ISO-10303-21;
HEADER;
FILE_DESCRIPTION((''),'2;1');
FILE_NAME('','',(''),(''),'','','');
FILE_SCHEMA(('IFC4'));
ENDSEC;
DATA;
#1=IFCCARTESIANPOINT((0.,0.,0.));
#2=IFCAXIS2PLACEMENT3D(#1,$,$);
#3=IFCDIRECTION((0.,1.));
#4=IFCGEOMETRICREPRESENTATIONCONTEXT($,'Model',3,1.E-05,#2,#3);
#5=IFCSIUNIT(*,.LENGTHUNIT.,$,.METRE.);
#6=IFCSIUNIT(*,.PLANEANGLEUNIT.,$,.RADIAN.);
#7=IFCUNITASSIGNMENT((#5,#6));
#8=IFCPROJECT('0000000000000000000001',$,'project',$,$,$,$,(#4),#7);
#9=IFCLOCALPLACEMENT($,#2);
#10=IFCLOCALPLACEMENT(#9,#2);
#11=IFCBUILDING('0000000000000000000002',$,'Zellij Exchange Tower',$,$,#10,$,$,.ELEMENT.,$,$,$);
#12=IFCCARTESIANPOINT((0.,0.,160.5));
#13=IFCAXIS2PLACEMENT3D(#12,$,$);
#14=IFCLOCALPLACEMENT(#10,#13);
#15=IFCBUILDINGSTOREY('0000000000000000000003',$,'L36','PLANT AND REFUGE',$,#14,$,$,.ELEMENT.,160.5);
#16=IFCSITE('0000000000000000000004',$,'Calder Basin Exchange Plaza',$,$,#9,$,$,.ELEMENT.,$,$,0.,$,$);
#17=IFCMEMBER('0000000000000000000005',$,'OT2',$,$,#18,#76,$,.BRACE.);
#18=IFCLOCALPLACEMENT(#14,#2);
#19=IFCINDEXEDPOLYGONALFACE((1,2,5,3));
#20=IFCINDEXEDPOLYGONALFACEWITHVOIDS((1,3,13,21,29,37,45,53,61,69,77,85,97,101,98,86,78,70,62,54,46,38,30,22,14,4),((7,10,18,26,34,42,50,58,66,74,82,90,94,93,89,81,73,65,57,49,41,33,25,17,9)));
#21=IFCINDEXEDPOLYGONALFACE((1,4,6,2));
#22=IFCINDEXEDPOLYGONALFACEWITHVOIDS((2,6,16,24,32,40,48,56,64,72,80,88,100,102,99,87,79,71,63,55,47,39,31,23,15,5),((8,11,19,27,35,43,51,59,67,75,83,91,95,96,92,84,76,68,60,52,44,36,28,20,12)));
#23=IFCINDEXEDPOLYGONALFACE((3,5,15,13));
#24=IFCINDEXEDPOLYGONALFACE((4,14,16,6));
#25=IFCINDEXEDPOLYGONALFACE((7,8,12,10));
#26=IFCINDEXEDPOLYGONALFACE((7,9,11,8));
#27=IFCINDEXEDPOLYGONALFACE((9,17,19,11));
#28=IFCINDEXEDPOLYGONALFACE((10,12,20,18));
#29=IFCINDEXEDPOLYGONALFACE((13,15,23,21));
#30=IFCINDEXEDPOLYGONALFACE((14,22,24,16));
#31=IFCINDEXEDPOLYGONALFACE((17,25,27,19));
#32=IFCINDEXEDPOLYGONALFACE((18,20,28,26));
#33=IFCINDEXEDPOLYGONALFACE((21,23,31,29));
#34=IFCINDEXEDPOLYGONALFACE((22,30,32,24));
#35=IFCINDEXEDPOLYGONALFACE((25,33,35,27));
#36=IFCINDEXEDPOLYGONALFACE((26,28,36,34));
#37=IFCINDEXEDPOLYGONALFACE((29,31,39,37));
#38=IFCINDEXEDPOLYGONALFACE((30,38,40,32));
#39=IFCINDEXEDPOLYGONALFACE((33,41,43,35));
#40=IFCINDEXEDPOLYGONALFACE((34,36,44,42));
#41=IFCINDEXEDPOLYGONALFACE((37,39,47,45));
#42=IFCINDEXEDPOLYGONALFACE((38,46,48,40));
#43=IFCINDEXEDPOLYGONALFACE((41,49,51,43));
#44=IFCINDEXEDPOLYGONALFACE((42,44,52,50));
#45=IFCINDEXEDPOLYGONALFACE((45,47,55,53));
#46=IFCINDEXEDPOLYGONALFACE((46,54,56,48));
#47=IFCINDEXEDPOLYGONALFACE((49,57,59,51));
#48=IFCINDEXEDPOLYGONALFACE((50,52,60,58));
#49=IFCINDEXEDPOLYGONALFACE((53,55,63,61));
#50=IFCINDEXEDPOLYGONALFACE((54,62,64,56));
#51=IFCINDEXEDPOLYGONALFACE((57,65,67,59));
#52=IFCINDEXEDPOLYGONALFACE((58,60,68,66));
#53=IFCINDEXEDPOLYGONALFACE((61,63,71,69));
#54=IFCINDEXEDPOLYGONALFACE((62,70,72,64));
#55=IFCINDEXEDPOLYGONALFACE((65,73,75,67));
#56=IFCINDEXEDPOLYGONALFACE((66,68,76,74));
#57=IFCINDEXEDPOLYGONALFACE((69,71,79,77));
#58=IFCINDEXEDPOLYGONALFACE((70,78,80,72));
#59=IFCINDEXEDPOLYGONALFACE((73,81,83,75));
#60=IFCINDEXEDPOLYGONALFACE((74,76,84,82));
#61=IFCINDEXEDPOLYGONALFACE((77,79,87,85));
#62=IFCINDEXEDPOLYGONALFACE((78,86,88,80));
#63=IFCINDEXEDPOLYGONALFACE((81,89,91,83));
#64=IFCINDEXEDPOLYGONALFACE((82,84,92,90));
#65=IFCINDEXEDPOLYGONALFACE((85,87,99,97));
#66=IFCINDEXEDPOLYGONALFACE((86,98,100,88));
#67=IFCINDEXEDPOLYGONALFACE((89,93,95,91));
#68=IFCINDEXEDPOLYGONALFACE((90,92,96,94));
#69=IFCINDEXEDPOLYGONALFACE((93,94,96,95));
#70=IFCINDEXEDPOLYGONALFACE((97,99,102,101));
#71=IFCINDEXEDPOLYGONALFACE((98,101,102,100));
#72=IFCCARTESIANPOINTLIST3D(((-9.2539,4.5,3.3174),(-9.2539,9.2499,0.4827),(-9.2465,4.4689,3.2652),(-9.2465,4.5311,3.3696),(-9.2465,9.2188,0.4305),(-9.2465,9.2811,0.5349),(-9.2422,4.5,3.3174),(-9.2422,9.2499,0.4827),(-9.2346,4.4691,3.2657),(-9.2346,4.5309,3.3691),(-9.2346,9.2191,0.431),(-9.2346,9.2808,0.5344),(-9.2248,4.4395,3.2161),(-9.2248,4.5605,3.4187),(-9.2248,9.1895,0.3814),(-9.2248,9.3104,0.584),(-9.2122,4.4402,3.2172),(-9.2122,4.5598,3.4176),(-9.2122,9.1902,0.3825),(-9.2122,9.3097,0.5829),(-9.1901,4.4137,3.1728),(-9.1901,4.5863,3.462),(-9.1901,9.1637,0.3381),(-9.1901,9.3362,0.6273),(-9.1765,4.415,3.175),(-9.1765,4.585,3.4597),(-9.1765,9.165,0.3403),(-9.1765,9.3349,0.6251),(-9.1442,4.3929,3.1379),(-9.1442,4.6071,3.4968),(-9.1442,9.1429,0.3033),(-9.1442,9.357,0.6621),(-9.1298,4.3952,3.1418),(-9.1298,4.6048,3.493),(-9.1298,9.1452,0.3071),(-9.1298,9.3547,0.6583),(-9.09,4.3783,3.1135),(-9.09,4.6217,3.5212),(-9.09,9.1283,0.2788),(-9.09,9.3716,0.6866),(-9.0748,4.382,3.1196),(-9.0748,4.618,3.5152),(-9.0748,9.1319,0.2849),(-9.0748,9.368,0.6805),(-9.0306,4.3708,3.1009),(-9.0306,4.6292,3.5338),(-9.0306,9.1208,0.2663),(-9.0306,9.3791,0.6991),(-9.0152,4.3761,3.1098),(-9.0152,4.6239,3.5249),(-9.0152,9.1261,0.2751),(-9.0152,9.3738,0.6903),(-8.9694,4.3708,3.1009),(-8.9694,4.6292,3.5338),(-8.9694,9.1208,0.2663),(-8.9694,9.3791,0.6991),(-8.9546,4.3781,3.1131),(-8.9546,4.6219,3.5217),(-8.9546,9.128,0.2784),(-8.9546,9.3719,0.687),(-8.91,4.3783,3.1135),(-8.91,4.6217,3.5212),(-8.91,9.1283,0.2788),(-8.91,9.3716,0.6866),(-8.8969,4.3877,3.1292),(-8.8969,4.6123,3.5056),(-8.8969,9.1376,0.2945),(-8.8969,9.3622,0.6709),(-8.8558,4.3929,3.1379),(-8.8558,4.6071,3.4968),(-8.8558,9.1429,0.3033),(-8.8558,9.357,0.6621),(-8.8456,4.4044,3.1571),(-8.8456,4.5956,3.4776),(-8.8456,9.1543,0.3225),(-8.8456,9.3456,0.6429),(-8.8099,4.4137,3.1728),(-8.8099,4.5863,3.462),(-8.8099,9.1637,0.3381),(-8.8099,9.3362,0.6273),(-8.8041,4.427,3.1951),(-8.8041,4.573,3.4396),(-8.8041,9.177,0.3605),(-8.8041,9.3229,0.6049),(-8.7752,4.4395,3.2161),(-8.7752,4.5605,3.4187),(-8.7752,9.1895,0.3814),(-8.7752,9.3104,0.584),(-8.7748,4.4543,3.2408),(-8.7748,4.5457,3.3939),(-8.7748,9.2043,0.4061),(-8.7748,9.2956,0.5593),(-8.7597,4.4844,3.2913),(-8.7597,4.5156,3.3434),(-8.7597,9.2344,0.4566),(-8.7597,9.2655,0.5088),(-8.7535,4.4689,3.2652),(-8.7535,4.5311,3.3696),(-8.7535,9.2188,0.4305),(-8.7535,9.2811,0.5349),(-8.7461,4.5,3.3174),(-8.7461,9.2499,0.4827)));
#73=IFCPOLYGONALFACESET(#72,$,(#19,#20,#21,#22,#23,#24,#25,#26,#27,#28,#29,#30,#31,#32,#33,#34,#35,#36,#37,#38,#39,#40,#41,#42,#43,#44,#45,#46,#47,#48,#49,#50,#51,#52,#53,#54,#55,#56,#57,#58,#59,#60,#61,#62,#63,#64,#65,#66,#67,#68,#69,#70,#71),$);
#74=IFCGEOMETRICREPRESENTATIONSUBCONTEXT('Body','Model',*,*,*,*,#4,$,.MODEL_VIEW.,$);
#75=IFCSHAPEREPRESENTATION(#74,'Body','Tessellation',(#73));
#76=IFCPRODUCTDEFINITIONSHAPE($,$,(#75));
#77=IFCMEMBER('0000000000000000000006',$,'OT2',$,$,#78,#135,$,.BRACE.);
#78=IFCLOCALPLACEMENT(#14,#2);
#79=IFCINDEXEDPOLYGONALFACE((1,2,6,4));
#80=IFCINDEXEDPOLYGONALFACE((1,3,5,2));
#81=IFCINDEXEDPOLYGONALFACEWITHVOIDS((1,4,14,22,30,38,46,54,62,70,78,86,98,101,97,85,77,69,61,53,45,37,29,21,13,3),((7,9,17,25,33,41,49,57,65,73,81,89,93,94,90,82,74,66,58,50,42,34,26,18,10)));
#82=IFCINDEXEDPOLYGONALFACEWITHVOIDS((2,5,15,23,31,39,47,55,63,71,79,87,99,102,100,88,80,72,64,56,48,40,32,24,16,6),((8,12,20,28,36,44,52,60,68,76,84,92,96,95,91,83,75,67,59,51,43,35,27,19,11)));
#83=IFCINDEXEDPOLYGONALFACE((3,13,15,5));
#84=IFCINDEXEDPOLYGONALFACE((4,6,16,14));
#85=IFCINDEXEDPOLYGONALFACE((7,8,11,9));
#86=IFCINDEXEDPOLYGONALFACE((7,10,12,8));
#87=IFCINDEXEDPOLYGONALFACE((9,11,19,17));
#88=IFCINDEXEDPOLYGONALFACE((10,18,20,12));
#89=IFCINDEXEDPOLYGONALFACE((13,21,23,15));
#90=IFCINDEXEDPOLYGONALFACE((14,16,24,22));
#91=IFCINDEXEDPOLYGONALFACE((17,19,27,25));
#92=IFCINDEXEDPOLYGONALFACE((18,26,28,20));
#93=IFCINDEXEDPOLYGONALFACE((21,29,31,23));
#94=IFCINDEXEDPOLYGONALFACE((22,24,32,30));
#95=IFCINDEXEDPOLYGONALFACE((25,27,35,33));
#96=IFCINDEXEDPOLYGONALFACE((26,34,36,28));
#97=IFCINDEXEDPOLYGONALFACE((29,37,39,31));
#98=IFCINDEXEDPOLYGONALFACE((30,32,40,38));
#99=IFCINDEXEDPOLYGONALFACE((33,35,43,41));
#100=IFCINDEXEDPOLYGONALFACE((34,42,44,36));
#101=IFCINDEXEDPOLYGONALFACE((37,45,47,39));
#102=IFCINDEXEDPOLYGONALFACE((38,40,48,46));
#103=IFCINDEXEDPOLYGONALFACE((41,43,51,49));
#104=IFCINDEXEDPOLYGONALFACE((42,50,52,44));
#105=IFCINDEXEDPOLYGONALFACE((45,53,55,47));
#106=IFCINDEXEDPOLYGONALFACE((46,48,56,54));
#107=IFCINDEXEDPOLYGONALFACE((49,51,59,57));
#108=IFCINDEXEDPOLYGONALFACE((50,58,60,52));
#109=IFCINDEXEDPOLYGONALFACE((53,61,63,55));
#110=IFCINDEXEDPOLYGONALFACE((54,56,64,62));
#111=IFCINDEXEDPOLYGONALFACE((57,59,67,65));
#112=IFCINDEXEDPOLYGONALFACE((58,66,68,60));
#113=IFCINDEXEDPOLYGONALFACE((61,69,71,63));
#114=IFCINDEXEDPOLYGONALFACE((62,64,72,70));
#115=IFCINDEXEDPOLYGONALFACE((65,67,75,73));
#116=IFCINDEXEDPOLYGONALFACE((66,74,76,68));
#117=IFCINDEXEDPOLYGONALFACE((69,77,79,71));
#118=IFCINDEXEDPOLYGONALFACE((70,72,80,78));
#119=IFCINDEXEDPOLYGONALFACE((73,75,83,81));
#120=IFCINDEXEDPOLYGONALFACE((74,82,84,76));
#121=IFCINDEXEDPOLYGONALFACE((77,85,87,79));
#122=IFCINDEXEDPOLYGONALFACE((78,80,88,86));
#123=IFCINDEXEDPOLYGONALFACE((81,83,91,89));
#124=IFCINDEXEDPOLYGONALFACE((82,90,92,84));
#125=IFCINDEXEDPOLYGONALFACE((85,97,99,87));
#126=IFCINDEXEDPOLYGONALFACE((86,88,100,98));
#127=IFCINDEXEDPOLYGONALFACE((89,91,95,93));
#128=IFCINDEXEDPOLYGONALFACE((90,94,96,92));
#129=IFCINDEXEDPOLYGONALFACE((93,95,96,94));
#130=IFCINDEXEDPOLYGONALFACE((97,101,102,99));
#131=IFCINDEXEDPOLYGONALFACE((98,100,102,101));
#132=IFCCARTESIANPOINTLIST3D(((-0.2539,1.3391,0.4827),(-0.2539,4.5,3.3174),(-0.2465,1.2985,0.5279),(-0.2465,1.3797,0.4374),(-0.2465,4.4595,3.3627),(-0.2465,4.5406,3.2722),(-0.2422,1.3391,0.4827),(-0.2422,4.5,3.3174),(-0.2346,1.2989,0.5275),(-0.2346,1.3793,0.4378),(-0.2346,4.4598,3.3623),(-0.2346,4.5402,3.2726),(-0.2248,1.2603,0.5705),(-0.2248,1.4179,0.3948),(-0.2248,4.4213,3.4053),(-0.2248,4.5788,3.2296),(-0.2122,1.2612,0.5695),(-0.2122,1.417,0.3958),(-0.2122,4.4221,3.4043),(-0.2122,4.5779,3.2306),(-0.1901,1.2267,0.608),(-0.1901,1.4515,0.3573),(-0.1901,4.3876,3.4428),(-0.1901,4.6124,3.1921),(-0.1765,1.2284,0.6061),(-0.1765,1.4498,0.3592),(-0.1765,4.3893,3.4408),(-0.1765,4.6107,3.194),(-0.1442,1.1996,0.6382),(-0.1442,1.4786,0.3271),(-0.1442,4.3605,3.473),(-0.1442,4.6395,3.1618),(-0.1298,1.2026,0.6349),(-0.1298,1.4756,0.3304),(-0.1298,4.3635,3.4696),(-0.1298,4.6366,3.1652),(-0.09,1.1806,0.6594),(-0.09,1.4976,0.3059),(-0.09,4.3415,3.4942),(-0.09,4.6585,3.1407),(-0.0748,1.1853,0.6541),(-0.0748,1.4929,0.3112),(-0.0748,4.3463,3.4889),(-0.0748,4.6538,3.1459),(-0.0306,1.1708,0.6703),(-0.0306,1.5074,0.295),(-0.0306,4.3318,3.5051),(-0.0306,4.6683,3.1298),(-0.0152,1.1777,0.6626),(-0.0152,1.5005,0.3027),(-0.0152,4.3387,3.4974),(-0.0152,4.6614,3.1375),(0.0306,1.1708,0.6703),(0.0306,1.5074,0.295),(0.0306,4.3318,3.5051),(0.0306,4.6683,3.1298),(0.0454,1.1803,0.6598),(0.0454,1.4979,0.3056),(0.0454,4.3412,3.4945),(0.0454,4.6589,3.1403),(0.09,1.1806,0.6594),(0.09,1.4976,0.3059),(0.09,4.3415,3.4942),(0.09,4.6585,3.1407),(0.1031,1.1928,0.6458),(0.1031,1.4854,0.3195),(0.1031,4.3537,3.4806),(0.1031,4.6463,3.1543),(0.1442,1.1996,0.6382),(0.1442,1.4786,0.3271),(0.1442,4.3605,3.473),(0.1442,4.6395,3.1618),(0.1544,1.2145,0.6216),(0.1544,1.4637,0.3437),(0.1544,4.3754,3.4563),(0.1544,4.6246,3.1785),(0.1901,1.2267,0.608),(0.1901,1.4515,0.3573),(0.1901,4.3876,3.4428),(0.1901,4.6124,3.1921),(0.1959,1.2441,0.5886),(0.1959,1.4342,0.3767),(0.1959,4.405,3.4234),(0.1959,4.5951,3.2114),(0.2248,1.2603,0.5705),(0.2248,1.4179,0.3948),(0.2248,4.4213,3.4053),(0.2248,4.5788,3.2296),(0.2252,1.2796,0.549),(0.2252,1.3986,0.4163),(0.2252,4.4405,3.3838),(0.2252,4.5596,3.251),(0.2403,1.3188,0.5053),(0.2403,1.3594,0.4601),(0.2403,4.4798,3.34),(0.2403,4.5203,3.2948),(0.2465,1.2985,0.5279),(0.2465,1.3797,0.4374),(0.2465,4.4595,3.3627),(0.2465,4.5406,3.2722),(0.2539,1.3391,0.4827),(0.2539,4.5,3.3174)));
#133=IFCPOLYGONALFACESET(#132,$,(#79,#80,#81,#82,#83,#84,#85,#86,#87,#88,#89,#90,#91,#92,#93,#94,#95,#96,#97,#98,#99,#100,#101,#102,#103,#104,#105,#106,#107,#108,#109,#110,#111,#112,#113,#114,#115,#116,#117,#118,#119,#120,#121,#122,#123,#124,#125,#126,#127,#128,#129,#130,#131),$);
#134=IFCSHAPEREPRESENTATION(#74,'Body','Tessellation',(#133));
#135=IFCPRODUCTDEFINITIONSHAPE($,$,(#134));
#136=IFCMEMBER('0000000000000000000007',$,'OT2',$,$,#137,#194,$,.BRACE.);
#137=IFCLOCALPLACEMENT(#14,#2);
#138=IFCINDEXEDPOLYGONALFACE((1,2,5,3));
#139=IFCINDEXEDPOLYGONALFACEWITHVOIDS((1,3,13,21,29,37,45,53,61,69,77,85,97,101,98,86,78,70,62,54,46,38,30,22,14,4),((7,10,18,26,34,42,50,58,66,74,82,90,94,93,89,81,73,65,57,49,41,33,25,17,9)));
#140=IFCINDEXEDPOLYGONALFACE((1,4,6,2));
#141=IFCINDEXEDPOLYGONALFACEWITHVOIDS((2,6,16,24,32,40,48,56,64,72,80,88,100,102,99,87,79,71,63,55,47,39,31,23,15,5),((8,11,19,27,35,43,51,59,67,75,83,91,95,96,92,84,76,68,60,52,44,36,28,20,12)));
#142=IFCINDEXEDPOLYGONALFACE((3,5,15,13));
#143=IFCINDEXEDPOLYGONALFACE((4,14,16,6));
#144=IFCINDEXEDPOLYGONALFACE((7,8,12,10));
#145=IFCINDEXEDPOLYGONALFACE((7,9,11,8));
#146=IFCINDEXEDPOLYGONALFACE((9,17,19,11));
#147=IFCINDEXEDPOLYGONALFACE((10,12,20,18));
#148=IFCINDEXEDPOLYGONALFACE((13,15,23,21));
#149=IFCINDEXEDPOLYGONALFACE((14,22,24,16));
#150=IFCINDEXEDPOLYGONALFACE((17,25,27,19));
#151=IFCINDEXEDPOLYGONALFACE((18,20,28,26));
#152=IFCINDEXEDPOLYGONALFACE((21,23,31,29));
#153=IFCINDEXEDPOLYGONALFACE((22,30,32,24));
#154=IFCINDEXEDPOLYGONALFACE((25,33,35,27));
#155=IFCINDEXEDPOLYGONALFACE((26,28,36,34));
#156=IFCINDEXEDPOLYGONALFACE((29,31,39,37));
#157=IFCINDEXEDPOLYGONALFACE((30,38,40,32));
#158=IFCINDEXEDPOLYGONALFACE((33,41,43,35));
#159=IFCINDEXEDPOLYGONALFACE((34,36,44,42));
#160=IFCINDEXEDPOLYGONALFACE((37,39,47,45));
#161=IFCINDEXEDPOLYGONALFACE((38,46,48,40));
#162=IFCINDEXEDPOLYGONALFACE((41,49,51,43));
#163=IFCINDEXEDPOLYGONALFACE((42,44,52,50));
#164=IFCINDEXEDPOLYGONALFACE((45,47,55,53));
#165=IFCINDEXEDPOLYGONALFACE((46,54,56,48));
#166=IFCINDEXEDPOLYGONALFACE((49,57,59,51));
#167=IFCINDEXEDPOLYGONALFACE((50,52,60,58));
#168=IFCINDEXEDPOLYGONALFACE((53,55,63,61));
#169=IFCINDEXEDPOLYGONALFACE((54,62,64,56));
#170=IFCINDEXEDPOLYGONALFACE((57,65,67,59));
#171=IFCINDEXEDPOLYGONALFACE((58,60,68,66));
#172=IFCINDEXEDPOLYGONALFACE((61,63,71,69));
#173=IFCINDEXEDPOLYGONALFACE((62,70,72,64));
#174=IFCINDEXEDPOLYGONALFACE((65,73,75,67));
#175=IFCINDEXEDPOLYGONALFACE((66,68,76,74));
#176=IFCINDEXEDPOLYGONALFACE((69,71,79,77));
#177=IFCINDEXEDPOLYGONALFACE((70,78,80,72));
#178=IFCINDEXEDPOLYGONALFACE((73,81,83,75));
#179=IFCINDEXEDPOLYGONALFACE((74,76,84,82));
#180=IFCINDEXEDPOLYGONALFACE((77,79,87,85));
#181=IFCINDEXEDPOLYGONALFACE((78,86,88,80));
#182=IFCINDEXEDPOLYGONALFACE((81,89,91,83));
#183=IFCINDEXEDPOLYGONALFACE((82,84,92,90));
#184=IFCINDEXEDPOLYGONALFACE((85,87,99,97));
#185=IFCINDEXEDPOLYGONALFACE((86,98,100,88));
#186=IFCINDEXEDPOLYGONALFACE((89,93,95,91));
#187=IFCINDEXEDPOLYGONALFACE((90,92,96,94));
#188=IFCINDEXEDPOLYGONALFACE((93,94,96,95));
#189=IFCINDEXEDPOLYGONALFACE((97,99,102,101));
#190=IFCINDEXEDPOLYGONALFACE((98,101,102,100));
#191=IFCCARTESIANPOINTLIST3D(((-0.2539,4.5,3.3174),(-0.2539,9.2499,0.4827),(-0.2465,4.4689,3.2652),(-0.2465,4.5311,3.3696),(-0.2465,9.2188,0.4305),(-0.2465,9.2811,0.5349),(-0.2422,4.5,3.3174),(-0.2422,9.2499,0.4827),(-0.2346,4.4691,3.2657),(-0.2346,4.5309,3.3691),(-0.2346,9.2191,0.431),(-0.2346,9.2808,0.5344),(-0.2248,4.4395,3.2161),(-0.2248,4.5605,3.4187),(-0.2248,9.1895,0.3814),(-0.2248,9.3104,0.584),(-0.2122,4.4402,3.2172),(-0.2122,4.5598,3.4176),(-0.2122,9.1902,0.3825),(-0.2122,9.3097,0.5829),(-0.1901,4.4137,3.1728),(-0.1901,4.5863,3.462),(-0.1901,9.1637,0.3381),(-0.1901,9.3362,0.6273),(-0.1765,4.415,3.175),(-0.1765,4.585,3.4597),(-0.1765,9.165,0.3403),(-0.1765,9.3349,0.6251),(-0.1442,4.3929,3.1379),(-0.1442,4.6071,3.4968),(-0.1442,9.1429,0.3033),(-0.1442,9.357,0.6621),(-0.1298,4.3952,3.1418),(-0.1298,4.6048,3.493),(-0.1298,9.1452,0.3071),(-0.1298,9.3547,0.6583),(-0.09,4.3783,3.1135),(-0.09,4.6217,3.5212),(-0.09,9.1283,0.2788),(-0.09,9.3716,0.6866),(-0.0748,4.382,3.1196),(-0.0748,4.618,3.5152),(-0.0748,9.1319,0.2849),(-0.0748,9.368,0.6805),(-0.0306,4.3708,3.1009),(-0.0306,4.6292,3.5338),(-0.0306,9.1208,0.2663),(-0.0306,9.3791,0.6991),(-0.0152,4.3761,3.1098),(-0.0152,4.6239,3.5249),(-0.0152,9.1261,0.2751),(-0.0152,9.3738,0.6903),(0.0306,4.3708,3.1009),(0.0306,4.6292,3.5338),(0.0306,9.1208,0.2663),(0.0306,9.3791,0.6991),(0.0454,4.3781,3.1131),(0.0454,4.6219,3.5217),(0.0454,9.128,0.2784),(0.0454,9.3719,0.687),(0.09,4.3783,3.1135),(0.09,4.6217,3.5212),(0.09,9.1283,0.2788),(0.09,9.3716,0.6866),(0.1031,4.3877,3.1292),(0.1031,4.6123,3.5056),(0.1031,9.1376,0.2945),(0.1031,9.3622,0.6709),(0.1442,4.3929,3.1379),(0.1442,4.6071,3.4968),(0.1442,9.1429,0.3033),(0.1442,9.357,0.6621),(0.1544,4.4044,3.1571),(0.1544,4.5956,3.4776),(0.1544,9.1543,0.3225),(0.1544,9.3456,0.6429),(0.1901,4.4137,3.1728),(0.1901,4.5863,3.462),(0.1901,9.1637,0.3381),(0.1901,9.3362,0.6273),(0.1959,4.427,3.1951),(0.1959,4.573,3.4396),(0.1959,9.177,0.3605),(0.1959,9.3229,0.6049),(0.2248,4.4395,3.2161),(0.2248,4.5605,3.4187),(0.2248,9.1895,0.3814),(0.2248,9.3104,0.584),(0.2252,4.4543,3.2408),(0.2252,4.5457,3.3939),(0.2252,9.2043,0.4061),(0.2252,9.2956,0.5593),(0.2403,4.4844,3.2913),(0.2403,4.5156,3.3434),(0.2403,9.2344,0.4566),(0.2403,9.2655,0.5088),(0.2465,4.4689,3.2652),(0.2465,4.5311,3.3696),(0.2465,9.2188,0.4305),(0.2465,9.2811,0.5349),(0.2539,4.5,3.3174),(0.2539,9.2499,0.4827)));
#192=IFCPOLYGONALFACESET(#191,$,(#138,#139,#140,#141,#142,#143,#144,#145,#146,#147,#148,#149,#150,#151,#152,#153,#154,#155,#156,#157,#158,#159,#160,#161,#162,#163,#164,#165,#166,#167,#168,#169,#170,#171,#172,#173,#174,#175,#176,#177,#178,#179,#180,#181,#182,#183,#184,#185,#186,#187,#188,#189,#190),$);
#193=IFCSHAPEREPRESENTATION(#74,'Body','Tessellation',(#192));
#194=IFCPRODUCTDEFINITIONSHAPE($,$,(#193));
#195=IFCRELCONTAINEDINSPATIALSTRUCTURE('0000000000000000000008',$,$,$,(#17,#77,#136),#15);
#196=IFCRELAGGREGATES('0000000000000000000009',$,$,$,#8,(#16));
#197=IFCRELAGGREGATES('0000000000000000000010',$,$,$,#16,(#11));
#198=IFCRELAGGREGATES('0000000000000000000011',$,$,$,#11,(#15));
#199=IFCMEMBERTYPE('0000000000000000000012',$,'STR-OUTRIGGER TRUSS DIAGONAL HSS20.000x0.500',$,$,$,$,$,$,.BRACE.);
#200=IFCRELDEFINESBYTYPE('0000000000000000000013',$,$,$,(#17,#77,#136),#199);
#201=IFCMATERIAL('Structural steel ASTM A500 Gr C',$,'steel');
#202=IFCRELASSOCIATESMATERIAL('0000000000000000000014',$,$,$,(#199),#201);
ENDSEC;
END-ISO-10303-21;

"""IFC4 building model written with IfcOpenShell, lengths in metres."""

from ifc_helpers import new_model, si_unit, direction, frame, origin, origin_2d, place, context, subcontext, project, spatial, hollow_circle, extrude, material, material_profile, profile_set, type_object, element, save


model = new_model("IFC4")

# Units and contexts
model_context = context("Model", 3, precision=1e-05, world=origin(), true_north=direction((0.0, 1.0)))
body_context = subcontext(model_context, "Body", "Model", "MODEL_VIEW")
ifc_project = project(units=[si_unit("LENGTHUNIT", "METRE"), si_unit("PLANEANGLEUNIT", "RADIAN")], contexts=[model_context])

# Site, building, storey
site_placement = place(None, origin())
site = spatial("IfcSite", under=ifc_project, at=site_placement, Name="Calder Basin Exchange Plaza", CompositionType="ELEMENT", RefElevation=0.0)
building_placement = place(site_placement, origin())
building = spatial("IfcBuilding", under=site, at=building_placement, Name="Zellij Exchange Tower", CompositionType="ELEMENT")
storey_placement = place(building_placement, frame((0.0, 0.0, 160.5)))
storey = spatial("IfcBuildingStorey", under=building, at=storey_placement, Name="L36", Description="PLANT AND REFUGE", CompositionType="ELEMENT", Elevation=160.5)

# Members
ifc_material_1 = material(Name="Structural steel ASTM A500 Gr C", Category="steel")
ifc_material_profile_1 = material_profile(ifc_material_1, hollow_circle(Radius=0.2539, WallThickness=0.0117, at=origin_2d()), Name="STR-OUTRIGGER TRUSS DIAGONAL HSS20.000x0.500")
ifc_profile_set_1 = profile_set([ifc_material_profile_1], Name="Structural steel ASTM A500 Gr C")
member_type_1 = type_object("IfcMemberType", Name="STR-OUTRIGGER TRUSS DIAGONAL HSS20.000x0.500", PredefinedType="BRACE", material=ifc_profile_set_1)
member_1_placement = place(storey_placement, frame((-9.0, 4.5, 3.3174), z_axis=(0.0, 0.858709, -0.512463), x_axis=(-1.0, 0.0, 0.0)))
element("IfcMember", 1, at=member_1_placement, inside=storey, type_object=member_type_1, Name="OT2", PredefinedType="BRACE", context=body_context, shape_type="SweptSolid", body=[
    extrude(hollow_circle(Radius=0.2539, WallThickness=0.0117, at=origin_2d()), origin(), (0.0, 0.0, 1.0), 5.5315),
])
member_2_placement = place(storey_placement, frame((0.0, 1.3391, 0.4827), z_axis=(0.0, 0.744474, 0.667652), x_axis=(-1.0, 0.0, 0.0)))
element("IfcMember", 2, at=member_2_placement, inside=storey, type_object=member_type_1, Name="OT2", PredefinedType="BRACE", context=body_context, shape_type="SweptSolid", body=[
    extrude(hollow_circle(Radius=0.2539, WallThickness=0.0117, at=origin_2d()), origin(), (0.0, 0.0, 1.0), 4.2458),
])
member_3_placement = place(storey_placement, frame((0.0, 4.5, 3.3174), z_axis=(0.0, 0.858709, -0.512463), x_axis=(-1.0, 0.0, 0.0)))
element("IfcMember", 3, at=member_3_placement, inside=storey, type_object=member_type_1, Name="OT2", PredefinedType="BRACE", context=body_context, shape_type="SweptSolid", body=[
    extrude(hollow_circle(Radius=0.2539, WallThickness=0.0117, at=origin_2d()), origin(), (0.0, 0.0, 1.0), 5.5315),
])

save(model, "model.ifc")
